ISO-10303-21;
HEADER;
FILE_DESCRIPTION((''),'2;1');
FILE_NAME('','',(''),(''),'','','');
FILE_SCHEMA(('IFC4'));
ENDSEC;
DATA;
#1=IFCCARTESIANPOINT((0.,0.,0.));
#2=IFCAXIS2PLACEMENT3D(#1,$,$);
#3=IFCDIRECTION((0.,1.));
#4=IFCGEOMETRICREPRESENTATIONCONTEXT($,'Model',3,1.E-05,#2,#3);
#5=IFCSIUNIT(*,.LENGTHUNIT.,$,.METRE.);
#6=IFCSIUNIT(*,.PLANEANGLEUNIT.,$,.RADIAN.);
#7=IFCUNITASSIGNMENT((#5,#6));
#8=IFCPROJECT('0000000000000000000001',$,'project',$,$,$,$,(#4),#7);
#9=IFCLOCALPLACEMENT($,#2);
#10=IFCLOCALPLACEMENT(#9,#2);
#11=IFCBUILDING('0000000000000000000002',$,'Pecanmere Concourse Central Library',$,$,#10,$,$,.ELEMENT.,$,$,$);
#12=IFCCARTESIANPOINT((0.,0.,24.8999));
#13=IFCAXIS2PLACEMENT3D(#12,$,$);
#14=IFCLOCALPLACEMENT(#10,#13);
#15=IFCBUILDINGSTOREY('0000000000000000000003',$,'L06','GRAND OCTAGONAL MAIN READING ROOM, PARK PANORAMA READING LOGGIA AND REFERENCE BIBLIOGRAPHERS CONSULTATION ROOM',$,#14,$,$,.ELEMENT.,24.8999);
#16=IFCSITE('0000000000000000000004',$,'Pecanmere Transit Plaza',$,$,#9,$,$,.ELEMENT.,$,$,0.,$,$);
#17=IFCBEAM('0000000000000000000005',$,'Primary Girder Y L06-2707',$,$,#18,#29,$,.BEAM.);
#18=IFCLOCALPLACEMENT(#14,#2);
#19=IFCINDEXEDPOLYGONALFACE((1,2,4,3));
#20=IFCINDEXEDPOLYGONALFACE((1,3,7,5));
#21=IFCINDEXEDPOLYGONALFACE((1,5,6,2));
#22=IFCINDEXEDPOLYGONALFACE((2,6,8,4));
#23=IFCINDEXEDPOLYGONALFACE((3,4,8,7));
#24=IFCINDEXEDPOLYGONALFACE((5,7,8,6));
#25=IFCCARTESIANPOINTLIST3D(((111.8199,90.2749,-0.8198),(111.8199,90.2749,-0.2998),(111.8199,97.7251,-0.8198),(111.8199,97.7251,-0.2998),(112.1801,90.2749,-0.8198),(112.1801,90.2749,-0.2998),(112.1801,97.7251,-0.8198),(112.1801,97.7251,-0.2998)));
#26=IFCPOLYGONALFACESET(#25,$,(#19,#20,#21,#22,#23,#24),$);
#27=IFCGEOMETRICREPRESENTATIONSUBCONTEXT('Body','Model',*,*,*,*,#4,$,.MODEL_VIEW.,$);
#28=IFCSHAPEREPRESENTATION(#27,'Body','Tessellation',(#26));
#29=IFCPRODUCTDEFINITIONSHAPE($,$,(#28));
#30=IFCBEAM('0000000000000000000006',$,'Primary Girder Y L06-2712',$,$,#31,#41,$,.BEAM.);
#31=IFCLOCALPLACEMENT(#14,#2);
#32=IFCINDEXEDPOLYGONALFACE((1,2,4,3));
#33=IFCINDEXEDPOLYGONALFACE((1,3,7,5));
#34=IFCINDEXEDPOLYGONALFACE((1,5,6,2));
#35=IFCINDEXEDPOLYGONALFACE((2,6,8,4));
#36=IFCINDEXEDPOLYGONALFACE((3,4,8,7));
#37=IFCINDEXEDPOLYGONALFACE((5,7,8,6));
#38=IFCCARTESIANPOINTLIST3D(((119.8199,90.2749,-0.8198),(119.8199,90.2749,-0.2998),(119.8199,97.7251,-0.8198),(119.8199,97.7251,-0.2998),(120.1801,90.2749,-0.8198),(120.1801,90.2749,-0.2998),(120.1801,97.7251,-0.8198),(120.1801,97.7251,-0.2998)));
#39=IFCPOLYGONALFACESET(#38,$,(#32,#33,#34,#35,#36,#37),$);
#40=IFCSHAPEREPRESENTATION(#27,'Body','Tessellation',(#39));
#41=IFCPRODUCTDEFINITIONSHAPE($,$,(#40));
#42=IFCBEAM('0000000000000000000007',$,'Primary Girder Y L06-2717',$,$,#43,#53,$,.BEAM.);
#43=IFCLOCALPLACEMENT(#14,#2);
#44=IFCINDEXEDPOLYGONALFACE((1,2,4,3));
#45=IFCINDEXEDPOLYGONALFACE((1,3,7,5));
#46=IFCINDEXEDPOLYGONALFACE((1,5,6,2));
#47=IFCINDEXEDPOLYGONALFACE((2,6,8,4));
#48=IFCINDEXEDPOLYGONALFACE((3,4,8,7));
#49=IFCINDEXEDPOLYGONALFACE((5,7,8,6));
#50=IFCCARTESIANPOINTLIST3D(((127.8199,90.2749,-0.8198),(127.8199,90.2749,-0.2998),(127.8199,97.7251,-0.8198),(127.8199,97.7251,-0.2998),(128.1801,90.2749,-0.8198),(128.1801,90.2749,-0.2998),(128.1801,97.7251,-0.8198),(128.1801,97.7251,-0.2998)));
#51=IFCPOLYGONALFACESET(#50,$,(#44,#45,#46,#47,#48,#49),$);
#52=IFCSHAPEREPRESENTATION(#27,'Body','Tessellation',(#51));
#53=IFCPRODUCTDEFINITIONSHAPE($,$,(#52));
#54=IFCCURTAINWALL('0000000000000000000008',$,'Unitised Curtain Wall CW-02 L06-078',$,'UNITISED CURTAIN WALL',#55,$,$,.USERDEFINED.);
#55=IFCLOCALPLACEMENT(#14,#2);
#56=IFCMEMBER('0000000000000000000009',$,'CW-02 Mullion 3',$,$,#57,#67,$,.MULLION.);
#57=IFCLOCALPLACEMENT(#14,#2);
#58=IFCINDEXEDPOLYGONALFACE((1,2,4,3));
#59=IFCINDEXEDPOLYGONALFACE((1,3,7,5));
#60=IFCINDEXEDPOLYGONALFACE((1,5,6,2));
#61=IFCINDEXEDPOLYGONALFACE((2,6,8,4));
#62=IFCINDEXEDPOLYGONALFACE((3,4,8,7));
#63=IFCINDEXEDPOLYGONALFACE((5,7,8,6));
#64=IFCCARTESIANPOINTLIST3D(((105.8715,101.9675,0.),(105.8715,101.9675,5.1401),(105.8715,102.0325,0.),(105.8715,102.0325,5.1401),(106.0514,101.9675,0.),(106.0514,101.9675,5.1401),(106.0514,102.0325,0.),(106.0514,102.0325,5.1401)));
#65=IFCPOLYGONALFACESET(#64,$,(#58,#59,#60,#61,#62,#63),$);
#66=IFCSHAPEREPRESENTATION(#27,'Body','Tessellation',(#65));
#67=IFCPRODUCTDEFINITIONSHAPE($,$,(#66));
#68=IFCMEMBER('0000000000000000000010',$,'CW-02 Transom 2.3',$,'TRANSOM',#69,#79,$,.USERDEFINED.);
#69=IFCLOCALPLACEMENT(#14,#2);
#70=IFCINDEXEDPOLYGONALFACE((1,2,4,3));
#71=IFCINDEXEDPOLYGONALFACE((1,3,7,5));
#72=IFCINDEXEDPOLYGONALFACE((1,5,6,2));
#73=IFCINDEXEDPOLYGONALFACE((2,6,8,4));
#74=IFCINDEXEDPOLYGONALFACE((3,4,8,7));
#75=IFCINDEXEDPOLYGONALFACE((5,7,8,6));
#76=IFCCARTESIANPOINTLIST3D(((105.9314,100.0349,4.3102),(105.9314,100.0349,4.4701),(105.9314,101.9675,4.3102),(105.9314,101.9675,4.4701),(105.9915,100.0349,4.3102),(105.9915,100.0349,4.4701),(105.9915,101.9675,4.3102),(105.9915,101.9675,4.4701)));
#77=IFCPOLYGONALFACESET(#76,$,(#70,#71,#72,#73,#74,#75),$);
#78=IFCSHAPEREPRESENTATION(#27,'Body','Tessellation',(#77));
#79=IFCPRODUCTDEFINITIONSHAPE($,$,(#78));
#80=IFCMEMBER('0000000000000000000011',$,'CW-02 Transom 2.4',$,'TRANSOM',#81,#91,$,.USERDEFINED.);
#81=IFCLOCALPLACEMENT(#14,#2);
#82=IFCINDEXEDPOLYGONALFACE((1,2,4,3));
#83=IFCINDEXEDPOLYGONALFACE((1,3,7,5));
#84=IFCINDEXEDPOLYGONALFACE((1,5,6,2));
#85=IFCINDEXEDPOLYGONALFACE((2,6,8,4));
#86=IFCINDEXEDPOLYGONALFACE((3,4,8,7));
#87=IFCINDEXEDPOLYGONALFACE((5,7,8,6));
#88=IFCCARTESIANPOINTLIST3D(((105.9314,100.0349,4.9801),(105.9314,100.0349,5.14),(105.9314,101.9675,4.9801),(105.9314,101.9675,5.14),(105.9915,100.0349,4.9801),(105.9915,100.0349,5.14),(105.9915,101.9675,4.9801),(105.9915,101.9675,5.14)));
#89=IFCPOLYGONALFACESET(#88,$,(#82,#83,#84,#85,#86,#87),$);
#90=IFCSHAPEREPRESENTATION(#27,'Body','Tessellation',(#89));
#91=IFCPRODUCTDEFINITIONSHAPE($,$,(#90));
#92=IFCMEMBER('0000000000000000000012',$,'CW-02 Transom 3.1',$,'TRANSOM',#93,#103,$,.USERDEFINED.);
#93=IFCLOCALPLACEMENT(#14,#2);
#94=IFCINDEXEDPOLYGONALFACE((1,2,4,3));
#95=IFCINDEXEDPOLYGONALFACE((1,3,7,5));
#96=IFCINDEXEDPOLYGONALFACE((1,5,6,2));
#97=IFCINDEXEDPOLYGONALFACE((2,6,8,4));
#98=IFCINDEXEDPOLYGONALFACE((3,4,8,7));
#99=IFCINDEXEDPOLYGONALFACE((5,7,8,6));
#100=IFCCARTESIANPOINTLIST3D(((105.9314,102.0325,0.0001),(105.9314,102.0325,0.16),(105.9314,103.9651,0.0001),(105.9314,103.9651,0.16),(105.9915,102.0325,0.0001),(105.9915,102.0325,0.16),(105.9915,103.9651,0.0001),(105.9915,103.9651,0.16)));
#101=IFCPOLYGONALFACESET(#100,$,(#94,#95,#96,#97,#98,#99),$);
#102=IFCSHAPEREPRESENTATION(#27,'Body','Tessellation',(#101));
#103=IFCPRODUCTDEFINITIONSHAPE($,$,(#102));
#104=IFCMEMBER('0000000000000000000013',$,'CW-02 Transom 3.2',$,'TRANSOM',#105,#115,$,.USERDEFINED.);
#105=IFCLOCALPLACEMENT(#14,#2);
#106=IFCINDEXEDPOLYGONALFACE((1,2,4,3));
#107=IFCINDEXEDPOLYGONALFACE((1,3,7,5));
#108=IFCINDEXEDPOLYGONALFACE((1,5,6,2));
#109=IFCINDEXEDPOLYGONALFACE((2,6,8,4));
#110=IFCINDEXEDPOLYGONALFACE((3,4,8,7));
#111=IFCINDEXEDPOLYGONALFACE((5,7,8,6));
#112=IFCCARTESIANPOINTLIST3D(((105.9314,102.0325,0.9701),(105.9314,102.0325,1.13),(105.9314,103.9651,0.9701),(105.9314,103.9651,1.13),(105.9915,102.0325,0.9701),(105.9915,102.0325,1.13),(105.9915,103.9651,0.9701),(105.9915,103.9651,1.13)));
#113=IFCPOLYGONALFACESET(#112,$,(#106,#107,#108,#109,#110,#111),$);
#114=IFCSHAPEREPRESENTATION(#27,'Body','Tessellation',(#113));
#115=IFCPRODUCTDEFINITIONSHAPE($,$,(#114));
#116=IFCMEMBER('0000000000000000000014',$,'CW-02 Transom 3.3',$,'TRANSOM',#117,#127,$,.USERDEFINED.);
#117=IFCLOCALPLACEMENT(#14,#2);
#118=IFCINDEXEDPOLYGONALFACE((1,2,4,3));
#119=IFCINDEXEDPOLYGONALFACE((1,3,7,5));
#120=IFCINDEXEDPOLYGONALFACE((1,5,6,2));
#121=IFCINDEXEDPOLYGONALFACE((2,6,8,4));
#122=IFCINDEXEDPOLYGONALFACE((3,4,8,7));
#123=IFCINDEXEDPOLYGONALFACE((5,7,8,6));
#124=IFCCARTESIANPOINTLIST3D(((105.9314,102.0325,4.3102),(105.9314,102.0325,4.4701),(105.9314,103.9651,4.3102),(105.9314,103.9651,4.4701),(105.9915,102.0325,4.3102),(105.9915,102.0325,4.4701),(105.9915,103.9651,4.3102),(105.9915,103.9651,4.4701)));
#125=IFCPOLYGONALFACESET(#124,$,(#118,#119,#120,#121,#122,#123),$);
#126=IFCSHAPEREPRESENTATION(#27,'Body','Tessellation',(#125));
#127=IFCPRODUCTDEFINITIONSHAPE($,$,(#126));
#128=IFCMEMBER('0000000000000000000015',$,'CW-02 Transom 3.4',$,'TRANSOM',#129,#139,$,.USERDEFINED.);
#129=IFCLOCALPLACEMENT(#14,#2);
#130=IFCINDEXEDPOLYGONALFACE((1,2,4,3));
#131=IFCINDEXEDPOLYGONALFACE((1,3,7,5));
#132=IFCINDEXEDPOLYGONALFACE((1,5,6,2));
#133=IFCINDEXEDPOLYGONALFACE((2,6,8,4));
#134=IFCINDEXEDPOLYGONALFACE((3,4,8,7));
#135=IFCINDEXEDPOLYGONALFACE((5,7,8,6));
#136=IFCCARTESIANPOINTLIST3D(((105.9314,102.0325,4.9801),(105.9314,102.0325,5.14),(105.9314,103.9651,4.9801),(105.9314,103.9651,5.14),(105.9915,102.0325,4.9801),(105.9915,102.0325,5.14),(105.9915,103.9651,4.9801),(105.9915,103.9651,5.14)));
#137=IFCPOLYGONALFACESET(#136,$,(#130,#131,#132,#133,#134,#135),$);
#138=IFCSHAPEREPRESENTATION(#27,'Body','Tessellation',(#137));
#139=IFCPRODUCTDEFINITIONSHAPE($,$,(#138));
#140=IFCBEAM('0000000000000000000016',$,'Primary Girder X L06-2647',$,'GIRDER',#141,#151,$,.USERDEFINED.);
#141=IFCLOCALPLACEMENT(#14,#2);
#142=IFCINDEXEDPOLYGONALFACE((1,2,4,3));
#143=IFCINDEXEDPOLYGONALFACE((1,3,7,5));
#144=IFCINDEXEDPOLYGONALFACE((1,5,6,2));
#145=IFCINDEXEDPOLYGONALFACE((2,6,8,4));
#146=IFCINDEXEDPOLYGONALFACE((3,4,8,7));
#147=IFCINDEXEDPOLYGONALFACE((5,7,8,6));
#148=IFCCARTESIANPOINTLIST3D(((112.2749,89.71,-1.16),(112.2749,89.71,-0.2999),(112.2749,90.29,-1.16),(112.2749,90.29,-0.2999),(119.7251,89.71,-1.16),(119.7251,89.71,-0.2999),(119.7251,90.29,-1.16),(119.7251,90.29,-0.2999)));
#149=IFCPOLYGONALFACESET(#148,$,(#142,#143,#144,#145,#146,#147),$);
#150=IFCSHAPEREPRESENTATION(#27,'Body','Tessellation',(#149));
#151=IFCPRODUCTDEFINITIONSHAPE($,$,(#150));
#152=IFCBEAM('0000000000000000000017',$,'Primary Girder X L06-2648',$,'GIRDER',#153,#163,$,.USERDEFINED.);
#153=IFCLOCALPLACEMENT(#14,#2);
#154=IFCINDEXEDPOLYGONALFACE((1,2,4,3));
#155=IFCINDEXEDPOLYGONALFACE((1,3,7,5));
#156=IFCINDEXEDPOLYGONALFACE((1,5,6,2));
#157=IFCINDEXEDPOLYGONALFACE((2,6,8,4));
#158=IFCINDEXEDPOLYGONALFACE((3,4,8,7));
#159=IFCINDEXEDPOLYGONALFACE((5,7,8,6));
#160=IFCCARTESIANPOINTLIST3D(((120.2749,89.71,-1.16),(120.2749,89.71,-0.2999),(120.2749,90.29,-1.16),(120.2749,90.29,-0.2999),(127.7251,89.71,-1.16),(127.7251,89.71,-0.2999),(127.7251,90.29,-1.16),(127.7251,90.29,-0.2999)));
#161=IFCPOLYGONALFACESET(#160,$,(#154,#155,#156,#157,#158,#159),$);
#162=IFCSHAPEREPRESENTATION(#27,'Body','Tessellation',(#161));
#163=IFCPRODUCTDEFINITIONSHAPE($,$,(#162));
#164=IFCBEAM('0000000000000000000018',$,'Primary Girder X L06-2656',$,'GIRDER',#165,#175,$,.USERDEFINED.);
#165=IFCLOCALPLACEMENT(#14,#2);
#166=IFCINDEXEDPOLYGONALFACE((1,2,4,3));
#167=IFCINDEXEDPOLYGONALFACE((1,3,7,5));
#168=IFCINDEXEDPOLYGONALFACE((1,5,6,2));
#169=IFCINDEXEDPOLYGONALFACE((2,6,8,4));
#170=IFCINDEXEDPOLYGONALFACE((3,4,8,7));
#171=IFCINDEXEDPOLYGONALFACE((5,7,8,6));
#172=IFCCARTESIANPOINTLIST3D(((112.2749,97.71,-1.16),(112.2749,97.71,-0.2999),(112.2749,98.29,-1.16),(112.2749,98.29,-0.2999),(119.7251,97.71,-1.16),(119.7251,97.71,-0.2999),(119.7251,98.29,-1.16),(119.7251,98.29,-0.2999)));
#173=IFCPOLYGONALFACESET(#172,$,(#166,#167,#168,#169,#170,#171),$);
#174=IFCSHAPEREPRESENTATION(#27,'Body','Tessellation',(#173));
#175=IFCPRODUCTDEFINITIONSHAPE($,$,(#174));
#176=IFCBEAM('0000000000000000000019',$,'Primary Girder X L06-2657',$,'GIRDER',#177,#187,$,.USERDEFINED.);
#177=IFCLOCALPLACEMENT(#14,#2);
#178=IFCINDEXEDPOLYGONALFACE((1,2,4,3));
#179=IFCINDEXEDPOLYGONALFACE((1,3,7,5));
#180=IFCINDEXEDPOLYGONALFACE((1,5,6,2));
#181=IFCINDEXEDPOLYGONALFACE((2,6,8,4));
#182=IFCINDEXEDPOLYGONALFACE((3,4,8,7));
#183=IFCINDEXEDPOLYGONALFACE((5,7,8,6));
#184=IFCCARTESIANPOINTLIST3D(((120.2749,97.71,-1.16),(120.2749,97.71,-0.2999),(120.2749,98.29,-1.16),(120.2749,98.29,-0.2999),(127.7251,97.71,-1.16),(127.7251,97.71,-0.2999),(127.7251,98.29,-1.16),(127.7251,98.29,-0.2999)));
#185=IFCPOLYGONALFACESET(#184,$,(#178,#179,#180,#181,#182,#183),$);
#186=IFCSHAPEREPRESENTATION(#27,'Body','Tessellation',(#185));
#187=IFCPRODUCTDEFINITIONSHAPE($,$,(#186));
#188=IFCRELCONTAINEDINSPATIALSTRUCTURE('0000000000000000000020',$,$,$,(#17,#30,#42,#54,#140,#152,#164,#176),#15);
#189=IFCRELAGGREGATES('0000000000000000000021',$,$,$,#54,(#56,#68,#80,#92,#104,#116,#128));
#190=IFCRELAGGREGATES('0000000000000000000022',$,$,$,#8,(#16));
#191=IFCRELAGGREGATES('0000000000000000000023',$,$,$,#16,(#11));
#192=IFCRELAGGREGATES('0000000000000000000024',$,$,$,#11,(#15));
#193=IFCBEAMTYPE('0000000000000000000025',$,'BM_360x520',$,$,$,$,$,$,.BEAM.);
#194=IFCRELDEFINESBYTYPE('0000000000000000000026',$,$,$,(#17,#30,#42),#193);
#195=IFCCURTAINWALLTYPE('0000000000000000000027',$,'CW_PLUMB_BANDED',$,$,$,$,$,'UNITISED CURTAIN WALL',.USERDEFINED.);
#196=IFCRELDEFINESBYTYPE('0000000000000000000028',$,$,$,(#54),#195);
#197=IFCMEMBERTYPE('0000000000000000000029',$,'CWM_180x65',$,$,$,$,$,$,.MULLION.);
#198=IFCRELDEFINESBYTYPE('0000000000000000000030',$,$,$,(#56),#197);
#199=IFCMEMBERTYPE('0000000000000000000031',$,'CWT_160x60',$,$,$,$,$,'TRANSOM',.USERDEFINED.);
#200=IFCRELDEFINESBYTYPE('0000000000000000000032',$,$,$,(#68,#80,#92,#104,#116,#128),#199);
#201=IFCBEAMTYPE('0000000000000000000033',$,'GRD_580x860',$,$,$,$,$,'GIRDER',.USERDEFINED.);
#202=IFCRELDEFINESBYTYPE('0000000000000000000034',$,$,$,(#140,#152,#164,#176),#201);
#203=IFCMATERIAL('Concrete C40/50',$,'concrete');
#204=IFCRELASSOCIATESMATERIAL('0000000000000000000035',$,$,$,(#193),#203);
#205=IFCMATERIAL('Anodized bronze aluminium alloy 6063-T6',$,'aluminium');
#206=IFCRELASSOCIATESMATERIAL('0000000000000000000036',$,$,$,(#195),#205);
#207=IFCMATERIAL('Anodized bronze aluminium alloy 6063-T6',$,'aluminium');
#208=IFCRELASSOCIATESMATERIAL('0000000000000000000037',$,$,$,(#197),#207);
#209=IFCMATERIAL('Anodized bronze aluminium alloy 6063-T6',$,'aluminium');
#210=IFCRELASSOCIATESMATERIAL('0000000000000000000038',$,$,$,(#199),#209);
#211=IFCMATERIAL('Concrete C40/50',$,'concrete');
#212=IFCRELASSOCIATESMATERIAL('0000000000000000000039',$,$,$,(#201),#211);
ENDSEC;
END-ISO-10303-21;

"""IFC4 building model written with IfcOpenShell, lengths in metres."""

from ifc_helpers import new_model, si_unit, direction, frame, origin, origin_2d, place, context, subcontext, project, spatial, rectangle, extrude, material, material_profile, profile_set, type_object, element, aggregate, save


model = new_model("IFC4")

# Units and contexts
model_context = context("Model", 3, precision=1e-05, world=origin(), true_north=direction((0.0, 1.0)))
body_context = subcontext(model_context, "Body", "Model", "MODEL_VIEW")
ifc_project = project(units=[si_unit("LENGTHUNIT", "METRE"), si_unit("PLANEANGLEUNIT", "RADIAN")], contexts=[model_context])

# Site, building, storey
site_placement = place(None, origin())
site = spatial("IfcSite", under=ifc_project, at=site_placement, Name="Pecanmere Transit Plaza", CompositionType="ELEMENT", RefElevation=0.0)
building_placement = place(site_placement, origin())
building = spatial("IfcBuilding", under=site, at=building_placement, Name="Pecanmere Concourse Central Library", CompositionType="ELEMENT")
storey_placement = place(building_placement, frame((0.0, 0.0, 24.8999)))
storey = spatial("IfcBuildingStorey", under=building, at=storey_placement, Name="L06", Description="GRAND OCTAGONAL MAIN READING ROOM, PARK PANORAMA READING LOGGIA AND REFERENCE BIBLIOGRAPHERS CONSULTATION ROOM", CompositionType="ELEMENT", Elevation=24.8999)

# Beams
ifc_material_1 = material(Name="Concrete C40/50", Category="concrete")
ifc_material_profile_1 = material_profile(ifc_material_1, rectangle(XDim=0.3601, YDim=0.52, at=origin_2d()), Name="RC 360x520")
ifc_profile_set_1 = profile_set([ifc_material_profile_1], Name="Concrete C40/50")
beam_type_1 = type_object("IfcBeamType", Name="BM_360x520", PredefinedType="BEAM", material=ifc_profile_set_1)
for number, where, z_axis, x_axis, name in (
    (1, (112.0, 90.2749, -0.5598), (0.0, 1.0, 0.0), (-1.0, 0.0, 0.0), "Primary Girder Y L06-2707"),
    (2, (120.0, 90.2749, -0.5598), (0.0, 1.0, 0.0), (-1.0, 0.0, 0.0), "Primary Girder Y L06-2712"),
    (3, (128.0, 90.2749, -0.5598), (0.0, 1.0, 0.0), (-1.0, 0.0, 0.0), "Primary Girder Y L06-2717"),
):
    element("IfcBeam", number, at=place(storey_placement, frame(where, z_axis=z_axis, x_axis=x_axis)), inside=storey, type_object=beam_type_1, Name=name, PredefinedType="BEAM", context=body_context, shape_type="SweptSolid", body=[
        extrude(rectangle(XDim=0.3601, YDim=0.52, at=origin_2d()), origin(), (0.0, 0.0, 1.0), 7.4502),
    ])

# Curtain wall, members
ifc_material_2 = material(Name="Anodized bronze aluminium alloy 6063-T6", Category="aluminium")
curtain_wall_type = type_object("IfcCurtainWallType", Name="CW_PLUMB_BANDED", ElementType="UNITISED CURTAIN WALL", PredefinedType="USERDEFINED", material=ifc_material_2)
curtain_wall_placement = place(storey_placement, origin())
curtain_wall = element("IfcCurtainWall", 4, at=curtain_wall_placement, inside=storey, type_object=curtain_wall_type, Name="Unitised Curtain Wall CW-02 L06-078", ObjectType="UNITISED CURTAIN WALL", PredefinedType="USERDEFINED")
ifc_material_3 = material(Name="Anodized bronze aluminium alloy 6063-T6", Category="aluminium")
ifc_material_profile_2 = material_profile(ifc_material_3, rectangle(XDim=0.0649, YDim=0.1799, at=origin_2d()), Name="AL 65x180")
ifc_profile_set_2 = profile_set([ifc_material_profile_2], Name="Anodized bronze aluminium alloy 6063-T6")
member_type_1 = type_object("IfcMemberType", Name="CWM_180x65", PredefinedType="MULLION", material=ifc_profile_set_2)
member_1_placement = place(storey_placement, frame((105.9614, 102.0, 0.0), z_axis=(0.0, 0.0, 1.0), x_axis=(0.0, 1.0, 0.0)))
member_1 = element("IfcMember", 5, at=member_1_placement, type_object=member_type_1, Name="CW-02 Mullion 3", PredefinedType="MULLION", context=body_context, shape_type="SweptSolid", body=[
    extrude(rectangle(XDim=0.0649, YDim=0.1799, at=origin_2d()), origin(), (0.0, 0.0, 1.0), 5.1401),
])
ifc_material_4 = material(Name="Anodized bronze aluminium alloy 6063-T6", Category="aluminium")
ifc_material_profile_3 = material_profile(ifc_material_4, rectangle(XDim=0.0601, YDim=0.1599, at=origin_2d()), Name="AL 60x160")
ifc_profile_set_3 = profile_set([ifc_material_profile_3], Name="Anodized bronze aluminium alloy 6063-T6")
member_type_2 = type_object("IfcMemberType", Name="CWT_160x60", ElementType="TRANSOM", PredefinedType="USERDEFINED", material=ifc_profile_set_3)
member_2_placement = place(storey_placement, frame((105.9614, 100.0349, 4.3901), z_axis=(0.0, 1.0, 0.0), x_axis=(-1.0, 0.0, 0.0)))
member_2 = element("IfcMember", 6, at=member_2_placement, type_object=member_type_2, Name="CW-02 Transom 2.3", ObjectType="TRANSOM", PredefinedType="USERDEFINED", context=body_context, shape_type="SweptSolid", body=[
    extrude(rectangle(XDim=0.0601, YDim=0.1599, at=origin_2d()), origin(), (0.0, 0.0, 1.0), 1.9326),
])
member_3_placement = place(storey_placement, frame((105.9614, 100.0349, 5.0601), z_axis=(0.0, 1.0, 0.0), x_axis=(-1.0, 0.0, 0.0)))
member_3 = element("IfcMember", 7, at=member_3_placement, type_object=member_type_2, Name="CW-02 Transom 2.4", ObjectType="TRANSOM", PredefinedType="USERDEFINED", context=body_context, shape_type="SweptSolid", body=[
    extrude(rectangle(XDim=0.0601, YDim=0.1599, at=origin_2d()), origin(), (0.0, 0.0, 1.0), 1.9326),
])
member_4_placement = place(storey_placement, frame((105.9614, 102.0325, 0.0801), z_axis=(0.0, 1.0, 0.0), x_axis=(-1.0, 0.0, 0.0)))
member_4 = element("IfcMember", 8, at=member_4_placement, type_object=member_type_2, Name="CW-02 Transom 3.1", ObjectType="TRANSOM", PredefinedType="USERDEFINED", context=body_context, shape_type="SweptSolid", body=[
    extrude(rectangle(XDim=0.0601, YDim=0.1599, at=origin_2d()), origin(), (0.0, 0.0, 1.0), 1.9326),
])
member_5_placement = place(storey_placement, frame((105.9614, 102.0325, 1.05), z_axis=(0.0, 1.0, 0.0), x_axis=(-1.0, 0.0, 0.0)))
member_5 = element("IfcMember", 9, at=member_5_placement, type_object=member_type_2, Name="CW-02 Transom 3.2", ObjectType="TRANSOM", PredefinedType="USERDEFINED", context=body_context, shape_type="SweptSolid", body=[
    extrude(rectangle(XDim=0.0601, YDim=0.1599, at=origin_2d()), origin(), (0.0, 0.0, 1.0), 1.9326),
])
member_6_placement = place(storey_placement, frame((105.9614, 102.0325, 4.3901), z_axis=(0.0, 1.0, 0.0), x_axis=(-1.0, 0.0, 0.0)))
member_6 = element("IfcMember", 10, at=member_6_placement, type_object=member_type_2, Name="CW-02 Transom 3.3", ObjectType="TRANSOM", PredefinedType="USERDEFINED", context=body_context, shape_type="SweptSolid", body=[
    extrude(rectangle(XDim=0.0601, YDim=0.1599, at=origin_2d()), origin(), (0.0, 0.0, 1.0), 1.9326),
])
member_7_placement = place(storey_placement, frame((105.9614, 102.0325, 5.0601), z_axis=(0.0, 1.0, 0.0), x_axis=(-1.0, 0.0, 0.0)))
member_7 = element("IfcMember", 11, at=member_7_placement, type_object=member_type_2, Name="CW-02 Transom 3.4", ObjectType="TRANSOM", PredefinedType="USERDEFINED", context=body_context, shape_type="SweptSolid", body=[
    extrude(rectangle(XDim=0.0601, YDim=0.1599, at=origin_2d()), origin(), (0.0, 0.0, 1.0), 1.9326),
])

# Beams
ifc_material_5 = material(Name="Concrete C40/50", Category="concrete")
ifc_material_profile_4 = material_profile(ifc_material_5, rectangle(XDim=0.5801, YDim=0.8601, at=origin_2d()), Name="RC 580x860")
ifc_profile_set_4 = profile_set([ifc_material_profile_4], Name="Concrete C40/50")
beam_type_2 = type_object("IfcBeamType", Name="GRD_580x860", ElementType="GIRDER", PredefinedType="USERDEFINED", material=ifc_profile_set_4)
for number, where, z_axis, x_axis, name in (
    (12, (112.2749, 90.0, -0.73), (1.0, 0.0, 0.0), (0.0, 1.0, 0.0), "Primary Girder X L06-2647"),
    (13, (120.2749, 90.0, -0.73), (1.0, 0.0, 0.0), (0.0, 1.0, 0.0), "Primary Girder X L06-2648"),
    (14, (112.2749, 98.0, -0.73), (1.0, 0.0, 0.0), (0.0, 1.0, 0.0), "Primary Girder X L06-2656"),
    (15, (120.2749, 98.0, -0.73), (1.0, 0.0, 0.0), (0.0, 1.0, 0.0), "Primary Girder X L06-2657"),
):
    element("IfcBeam", number, at=place(storey_placement, frame(where, z_axis=z_axis, x_axis=x_axis)), inside=storey, type_object=beam_type_2, Name=name, ObjectType="GIRDER", PredefinedType="USERDEFINED", context=body_context, shape_type="SweptSolid", body=[
        extrude(rectangle(XDim=0.5801, YDim=0.8601, at=origin_2d()), origin(), (0.0, 0.0, 1.0), 7.4502),
    ])

aggregate(curtain_wall, [member_1, member_2, member_3, member_4, member_5, member_6, member_7])

save(model, "model.ifc")
